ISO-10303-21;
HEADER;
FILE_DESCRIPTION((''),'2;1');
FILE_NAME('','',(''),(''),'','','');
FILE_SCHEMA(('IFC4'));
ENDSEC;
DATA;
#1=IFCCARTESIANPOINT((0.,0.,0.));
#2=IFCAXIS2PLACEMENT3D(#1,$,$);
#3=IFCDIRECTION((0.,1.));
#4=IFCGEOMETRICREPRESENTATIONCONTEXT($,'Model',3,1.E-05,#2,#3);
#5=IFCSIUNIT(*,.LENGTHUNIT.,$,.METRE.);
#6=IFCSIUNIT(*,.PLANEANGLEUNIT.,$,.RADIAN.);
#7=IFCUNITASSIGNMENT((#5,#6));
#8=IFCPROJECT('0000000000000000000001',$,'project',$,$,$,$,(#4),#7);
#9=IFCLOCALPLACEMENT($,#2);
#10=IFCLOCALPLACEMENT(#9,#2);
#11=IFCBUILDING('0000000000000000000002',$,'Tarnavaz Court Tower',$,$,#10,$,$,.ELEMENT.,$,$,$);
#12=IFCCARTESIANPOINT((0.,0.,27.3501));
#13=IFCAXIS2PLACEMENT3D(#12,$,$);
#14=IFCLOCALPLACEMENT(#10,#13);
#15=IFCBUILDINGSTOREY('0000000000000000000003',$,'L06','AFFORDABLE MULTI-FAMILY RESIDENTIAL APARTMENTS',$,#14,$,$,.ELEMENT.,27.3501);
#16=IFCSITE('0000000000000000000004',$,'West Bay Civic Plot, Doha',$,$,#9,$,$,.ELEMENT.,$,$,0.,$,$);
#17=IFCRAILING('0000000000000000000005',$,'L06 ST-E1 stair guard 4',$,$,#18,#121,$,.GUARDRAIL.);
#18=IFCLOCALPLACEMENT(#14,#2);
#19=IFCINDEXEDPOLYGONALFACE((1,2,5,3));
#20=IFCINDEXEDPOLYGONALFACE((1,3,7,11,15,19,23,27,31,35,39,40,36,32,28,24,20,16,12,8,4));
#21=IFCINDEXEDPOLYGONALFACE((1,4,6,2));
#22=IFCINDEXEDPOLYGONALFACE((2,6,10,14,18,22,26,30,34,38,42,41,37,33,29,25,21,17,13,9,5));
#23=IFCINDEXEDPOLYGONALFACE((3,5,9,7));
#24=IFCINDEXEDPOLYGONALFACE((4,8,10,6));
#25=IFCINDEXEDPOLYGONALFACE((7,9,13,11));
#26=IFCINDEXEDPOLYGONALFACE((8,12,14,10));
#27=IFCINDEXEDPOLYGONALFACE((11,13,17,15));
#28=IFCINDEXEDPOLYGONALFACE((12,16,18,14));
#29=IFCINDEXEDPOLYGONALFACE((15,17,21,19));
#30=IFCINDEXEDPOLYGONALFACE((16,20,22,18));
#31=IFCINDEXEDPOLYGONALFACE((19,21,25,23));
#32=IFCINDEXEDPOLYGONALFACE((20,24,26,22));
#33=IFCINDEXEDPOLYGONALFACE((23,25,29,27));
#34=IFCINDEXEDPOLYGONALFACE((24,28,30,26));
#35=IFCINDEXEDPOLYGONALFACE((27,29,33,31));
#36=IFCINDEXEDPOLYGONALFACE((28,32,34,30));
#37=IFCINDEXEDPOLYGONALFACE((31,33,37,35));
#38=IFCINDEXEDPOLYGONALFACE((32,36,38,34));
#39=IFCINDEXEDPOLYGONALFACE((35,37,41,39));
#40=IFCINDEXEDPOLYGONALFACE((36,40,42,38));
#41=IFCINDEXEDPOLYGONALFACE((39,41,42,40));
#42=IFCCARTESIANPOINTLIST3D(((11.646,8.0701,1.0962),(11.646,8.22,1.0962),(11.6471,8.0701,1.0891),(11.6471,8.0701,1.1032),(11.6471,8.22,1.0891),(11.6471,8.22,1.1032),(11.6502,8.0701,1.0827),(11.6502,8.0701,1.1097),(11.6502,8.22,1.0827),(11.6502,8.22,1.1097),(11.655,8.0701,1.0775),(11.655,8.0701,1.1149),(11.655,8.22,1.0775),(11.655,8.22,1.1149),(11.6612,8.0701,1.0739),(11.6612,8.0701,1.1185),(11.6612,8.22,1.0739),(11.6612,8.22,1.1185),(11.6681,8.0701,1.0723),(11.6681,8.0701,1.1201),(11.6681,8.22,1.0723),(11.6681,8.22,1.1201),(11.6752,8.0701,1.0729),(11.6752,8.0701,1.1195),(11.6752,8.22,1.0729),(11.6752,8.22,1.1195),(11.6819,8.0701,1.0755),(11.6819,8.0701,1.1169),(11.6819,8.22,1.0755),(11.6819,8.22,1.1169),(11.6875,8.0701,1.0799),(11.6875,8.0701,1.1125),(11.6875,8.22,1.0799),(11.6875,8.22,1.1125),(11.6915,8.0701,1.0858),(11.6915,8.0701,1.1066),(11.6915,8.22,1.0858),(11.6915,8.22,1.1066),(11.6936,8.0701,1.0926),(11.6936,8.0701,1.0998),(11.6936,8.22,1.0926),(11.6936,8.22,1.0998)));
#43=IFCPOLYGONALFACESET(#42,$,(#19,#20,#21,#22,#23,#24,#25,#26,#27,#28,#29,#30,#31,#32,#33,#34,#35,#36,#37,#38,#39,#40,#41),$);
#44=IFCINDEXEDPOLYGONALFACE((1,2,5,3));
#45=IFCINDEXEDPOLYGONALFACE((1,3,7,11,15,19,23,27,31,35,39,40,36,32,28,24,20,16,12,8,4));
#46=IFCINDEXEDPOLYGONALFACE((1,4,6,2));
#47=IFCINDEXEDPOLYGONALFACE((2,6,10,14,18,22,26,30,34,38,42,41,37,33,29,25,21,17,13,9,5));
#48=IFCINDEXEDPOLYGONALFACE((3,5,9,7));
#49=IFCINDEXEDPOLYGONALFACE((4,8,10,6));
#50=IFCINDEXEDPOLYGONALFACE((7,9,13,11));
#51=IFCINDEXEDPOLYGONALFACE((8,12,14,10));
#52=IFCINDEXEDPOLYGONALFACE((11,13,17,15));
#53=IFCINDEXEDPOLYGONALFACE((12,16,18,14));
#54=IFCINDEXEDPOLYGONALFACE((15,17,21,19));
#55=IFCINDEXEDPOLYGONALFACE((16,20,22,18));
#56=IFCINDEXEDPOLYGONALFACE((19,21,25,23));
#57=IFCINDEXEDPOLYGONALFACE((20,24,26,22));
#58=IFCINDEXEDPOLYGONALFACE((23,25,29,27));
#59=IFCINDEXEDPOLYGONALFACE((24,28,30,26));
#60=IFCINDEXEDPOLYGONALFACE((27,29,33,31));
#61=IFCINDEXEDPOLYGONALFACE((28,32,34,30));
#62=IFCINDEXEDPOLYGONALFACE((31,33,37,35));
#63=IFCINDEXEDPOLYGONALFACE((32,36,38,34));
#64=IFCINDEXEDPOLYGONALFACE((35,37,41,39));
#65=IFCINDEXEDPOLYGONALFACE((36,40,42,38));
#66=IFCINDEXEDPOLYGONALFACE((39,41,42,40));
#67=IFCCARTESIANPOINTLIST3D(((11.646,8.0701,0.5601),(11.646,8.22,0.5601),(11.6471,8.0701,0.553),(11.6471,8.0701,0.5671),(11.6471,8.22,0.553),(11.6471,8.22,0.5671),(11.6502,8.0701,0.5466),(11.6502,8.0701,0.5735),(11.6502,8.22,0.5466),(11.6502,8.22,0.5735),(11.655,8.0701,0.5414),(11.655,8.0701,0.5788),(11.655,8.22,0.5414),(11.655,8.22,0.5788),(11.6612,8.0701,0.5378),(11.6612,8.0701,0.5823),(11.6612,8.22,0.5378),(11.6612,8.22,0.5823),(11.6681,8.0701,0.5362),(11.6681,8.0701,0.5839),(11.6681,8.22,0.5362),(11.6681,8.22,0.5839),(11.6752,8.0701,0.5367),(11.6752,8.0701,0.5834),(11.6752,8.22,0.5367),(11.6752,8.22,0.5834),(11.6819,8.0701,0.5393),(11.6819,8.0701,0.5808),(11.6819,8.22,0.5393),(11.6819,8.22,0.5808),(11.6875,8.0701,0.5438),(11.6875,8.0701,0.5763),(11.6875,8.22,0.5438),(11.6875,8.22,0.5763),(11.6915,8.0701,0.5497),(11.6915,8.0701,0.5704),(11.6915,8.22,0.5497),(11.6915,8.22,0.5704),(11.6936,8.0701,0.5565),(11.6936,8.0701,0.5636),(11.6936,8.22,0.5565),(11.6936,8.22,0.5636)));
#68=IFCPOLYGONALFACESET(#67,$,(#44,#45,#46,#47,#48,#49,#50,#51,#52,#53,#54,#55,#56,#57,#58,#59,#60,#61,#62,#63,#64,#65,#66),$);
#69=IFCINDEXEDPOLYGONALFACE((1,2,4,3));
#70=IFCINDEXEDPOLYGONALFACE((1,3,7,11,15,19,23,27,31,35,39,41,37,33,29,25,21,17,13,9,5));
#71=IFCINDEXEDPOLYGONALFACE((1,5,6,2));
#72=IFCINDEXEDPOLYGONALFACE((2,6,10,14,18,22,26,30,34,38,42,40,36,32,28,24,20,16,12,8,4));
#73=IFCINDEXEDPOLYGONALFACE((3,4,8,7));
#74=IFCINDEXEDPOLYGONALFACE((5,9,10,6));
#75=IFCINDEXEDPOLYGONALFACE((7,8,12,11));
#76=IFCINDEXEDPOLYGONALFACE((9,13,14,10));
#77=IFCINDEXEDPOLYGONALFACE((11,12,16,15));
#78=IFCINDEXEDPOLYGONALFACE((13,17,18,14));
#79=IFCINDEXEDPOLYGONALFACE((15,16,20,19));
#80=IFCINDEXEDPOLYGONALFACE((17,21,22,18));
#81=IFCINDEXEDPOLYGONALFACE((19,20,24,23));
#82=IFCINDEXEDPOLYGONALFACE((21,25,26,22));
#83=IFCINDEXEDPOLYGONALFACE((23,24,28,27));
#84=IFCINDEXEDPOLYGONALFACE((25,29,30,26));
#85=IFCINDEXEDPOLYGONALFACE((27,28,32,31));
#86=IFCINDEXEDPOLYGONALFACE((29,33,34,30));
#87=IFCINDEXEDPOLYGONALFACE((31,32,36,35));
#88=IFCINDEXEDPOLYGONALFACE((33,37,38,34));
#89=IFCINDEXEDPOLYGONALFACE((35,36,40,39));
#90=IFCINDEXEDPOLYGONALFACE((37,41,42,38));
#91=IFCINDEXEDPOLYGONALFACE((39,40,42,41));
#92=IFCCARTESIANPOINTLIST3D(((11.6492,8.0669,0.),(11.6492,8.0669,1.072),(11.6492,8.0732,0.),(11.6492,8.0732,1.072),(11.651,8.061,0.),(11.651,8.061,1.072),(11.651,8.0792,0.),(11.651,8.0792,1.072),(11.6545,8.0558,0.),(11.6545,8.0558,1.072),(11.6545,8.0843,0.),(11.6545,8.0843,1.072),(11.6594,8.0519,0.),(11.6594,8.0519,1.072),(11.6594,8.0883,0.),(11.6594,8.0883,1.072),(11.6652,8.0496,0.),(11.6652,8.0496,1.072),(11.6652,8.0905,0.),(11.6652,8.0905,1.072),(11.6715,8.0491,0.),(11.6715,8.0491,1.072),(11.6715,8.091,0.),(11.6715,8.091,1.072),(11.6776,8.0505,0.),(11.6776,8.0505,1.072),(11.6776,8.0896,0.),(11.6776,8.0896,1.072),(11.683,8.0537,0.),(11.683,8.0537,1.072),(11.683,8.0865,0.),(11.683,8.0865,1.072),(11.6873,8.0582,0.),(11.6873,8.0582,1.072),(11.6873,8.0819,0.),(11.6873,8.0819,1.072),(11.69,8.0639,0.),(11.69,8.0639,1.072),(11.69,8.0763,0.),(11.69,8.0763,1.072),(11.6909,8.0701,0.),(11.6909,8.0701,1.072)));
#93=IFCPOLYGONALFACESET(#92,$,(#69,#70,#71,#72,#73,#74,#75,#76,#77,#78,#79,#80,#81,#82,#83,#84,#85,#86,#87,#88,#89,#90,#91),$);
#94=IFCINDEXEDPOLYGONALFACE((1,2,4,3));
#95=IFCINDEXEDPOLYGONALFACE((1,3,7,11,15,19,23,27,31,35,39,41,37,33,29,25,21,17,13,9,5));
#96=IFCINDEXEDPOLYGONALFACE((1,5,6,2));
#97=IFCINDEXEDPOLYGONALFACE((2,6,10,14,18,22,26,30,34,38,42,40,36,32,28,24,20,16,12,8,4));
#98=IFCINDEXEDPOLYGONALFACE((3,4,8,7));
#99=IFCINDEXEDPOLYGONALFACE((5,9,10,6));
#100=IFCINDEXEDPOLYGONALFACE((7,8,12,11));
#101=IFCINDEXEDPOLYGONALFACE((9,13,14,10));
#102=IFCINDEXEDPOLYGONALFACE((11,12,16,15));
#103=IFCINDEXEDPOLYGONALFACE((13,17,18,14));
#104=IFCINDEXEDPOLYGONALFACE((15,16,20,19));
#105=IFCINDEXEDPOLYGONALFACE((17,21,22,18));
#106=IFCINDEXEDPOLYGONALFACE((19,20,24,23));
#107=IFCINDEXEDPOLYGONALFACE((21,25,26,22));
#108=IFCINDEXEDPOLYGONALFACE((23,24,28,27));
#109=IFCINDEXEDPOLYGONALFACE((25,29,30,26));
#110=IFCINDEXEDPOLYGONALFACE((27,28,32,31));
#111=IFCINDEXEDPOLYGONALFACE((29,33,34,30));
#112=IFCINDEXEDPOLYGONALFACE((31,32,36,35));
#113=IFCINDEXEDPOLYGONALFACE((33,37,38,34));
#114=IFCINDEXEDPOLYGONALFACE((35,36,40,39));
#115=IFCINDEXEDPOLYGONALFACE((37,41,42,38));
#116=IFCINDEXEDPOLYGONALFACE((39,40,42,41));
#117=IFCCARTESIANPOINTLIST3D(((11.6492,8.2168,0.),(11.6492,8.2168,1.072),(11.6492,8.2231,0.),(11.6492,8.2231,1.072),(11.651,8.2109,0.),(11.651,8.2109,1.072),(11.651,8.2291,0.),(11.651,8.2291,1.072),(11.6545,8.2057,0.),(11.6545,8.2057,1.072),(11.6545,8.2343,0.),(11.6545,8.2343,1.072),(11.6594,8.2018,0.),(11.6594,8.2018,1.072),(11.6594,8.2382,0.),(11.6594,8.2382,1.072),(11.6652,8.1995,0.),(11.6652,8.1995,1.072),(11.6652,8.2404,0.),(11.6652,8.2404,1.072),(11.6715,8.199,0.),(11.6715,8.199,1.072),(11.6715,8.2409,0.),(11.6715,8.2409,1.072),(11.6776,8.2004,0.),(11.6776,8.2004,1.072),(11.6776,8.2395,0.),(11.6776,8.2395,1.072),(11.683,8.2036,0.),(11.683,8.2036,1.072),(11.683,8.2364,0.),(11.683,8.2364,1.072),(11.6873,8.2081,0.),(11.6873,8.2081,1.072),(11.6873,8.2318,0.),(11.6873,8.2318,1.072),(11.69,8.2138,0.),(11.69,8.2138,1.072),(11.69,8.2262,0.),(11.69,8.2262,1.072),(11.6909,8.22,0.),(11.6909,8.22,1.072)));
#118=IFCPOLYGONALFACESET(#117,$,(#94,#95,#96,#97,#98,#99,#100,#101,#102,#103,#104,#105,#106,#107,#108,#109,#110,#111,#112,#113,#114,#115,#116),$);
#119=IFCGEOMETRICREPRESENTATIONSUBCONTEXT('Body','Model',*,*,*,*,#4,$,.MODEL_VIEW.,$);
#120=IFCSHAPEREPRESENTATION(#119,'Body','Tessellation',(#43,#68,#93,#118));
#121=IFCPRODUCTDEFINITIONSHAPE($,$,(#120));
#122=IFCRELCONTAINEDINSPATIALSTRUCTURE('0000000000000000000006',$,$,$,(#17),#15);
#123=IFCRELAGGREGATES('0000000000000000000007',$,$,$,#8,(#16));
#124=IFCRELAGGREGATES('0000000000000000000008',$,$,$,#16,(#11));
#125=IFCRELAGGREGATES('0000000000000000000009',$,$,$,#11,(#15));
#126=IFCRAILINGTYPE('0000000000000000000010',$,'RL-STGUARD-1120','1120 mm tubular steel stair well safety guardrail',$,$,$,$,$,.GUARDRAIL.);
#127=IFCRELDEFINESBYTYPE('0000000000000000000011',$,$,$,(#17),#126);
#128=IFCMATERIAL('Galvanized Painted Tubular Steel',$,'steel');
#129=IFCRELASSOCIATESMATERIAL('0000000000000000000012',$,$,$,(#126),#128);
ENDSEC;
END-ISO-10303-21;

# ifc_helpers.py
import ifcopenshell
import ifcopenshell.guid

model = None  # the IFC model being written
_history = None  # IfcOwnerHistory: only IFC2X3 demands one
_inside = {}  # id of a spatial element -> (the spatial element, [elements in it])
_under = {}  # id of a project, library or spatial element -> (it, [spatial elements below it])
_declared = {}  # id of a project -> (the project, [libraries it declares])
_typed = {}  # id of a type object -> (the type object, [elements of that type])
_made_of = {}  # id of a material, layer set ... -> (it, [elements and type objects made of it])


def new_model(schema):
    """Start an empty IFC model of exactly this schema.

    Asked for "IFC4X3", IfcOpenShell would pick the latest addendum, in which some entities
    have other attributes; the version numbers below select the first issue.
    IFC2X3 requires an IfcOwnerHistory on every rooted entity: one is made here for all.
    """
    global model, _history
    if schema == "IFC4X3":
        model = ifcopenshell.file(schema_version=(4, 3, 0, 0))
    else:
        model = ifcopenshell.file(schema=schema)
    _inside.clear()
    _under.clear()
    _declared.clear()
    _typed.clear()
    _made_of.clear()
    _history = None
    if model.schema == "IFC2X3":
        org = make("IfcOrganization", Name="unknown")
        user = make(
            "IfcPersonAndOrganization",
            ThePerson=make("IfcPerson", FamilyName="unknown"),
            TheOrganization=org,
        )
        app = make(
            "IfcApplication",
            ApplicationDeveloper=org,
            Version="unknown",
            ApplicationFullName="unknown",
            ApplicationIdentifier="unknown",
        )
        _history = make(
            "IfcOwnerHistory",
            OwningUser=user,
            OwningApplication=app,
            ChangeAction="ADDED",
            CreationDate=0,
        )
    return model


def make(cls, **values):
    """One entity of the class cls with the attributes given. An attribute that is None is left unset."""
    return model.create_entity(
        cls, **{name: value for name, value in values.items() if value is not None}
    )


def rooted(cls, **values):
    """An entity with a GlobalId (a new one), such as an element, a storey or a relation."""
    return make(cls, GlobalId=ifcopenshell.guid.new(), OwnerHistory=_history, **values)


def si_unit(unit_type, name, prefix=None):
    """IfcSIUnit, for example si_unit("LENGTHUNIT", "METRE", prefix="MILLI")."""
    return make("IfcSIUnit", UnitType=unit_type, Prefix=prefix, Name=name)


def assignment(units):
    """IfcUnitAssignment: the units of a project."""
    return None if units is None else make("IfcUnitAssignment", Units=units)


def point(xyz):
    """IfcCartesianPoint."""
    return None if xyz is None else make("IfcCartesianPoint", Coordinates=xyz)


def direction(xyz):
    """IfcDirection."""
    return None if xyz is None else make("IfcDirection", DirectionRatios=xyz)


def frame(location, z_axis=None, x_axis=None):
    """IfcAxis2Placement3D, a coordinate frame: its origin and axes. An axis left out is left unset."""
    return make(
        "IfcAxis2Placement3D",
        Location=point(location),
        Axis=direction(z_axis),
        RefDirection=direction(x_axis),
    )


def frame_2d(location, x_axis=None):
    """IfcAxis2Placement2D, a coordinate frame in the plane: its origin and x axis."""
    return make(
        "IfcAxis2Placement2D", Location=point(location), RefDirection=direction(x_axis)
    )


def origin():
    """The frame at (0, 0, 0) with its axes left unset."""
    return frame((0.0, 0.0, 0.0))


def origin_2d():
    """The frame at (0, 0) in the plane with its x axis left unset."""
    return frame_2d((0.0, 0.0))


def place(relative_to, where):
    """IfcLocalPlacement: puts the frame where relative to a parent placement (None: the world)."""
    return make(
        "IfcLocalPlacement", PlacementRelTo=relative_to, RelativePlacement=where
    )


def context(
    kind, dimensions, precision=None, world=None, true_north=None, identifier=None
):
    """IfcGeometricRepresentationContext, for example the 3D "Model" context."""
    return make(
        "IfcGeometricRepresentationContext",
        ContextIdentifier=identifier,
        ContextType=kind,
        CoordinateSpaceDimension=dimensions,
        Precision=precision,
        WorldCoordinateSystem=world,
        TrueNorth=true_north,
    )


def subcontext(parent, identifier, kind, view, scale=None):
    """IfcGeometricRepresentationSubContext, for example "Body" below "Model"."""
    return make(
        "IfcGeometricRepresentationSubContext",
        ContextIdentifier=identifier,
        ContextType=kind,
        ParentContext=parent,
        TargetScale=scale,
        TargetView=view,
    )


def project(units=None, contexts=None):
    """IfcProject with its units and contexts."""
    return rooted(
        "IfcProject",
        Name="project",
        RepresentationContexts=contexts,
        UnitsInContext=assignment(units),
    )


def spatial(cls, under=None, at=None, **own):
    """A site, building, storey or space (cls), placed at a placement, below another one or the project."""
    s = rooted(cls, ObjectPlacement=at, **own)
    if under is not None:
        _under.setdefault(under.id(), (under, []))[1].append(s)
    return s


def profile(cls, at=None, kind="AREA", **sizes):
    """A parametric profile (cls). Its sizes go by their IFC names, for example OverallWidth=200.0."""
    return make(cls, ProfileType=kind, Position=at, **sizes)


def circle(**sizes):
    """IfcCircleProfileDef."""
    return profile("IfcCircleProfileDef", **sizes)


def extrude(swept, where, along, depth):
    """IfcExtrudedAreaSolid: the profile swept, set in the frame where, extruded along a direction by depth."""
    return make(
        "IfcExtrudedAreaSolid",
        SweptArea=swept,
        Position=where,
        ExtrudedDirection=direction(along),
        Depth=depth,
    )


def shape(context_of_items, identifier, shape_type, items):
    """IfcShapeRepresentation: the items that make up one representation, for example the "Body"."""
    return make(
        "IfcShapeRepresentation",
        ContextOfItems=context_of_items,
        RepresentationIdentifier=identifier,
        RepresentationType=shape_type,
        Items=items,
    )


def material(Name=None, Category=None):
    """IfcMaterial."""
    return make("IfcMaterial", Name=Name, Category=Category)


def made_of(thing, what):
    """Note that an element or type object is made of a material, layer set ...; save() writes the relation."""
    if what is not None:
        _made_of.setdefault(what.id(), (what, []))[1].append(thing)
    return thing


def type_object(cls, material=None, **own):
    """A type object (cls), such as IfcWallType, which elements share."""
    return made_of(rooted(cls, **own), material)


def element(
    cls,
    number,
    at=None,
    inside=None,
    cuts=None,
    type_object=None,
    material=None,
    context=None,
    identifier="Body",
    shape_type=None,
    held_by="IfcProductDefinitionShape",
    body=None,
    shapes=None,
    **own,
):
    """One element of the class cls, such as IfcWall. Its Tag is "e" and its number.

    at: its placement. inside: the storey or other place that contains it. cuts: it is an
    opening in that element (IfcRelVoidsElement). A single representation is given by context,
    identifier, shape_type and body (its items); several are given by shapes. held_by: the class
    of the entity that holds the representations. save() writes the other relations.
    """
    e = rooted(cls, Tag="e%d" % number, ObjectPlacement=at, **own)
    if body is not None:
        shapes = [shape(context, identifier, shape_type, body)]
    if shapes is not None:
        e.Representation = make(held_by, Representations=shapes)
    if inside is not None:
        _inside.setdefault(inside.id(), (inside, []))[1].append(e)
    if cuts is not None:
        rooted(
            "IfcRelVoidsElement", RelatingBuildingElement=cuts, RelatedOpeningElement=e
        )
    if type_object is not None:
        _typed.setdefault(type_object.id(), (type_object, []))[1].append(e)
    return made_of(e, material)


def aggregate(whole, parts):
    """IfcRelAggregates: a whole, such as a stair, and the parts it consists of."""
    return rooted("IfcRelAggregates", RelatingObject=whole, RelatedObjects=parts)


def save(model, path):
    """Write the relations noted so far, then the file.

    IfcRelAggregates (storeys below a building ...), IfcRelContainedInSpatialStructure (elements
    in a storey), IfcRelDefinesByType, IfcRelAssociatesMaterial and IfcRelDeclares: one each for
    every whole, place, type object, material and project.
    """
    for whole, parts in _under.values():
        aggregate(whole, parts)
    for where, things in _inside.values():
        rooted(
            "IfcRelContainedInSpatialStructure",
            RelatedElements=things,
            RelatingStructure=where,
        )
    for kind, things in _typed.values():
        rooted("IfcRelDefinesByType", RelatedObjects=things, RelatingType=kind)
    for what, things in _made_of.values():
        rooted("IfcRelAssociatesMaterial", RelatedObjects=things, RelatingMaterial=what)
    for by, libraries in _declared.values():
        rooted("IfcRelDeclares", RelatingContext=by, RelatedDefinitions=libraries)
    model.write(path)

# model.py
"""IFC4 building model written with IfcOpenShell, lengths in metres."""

from ifc_helpers import new_model, si_unit, direction, frame, origin, origin_2d, place, context, subcontext, project, spatial, circle, extrude, material, type_object, element, save


model = new_model("IFC4")

# Units and contexts
model_context = context("Model", 3, precision=1e-05, world=origin(), true_north=direction((0.0, 1.0)))
body_context = subcontext(model_context, "Body", "Model", "MODEL_VIEW")
ifc_project = project(units=[si_unit("LENGTHUNIT", "METRE"), si_unit("PLANEANGLEUNIT", "RADIAN")], contexts=[model_context])

# Site, building, storey
site_placement = place(None, origin())
site = spatial("IfcSite", under=ifc_project, at=site_placement, Name="West Bay Civic Plot, Doha", CompositionType="ELEMENT", RefElevation=0.0)
building_placement = place(site_placement, origin())
building = spatial("IfcBuilding", under=site, at=building_placement, Name="Tarnavaz Court Tower", CompositionType="ELEMENT")
storey_placement = place(building_placement, frame((0.0, 0.0, 27.3501)))
storey = spatial("IfcBuildingStorey", under=building, at=storey_placement, Name="L06", Description="AFFORDABLE MULTI-FAMILY RESIDENTIAL APARTMENTS", CompositionType="ELEMENT", Elevation=27.3501)

# Railing
ifc_material_1 = material(Name="Galvanized Painted Tubular Steel", Category="steel")
railing_type_1 = type_object("IfcRailingType", Name="RL-STGUARD-1120", Description="1120 mm tubular steel stair well safety guardrail", PredefinedType="GUARDRAIL", material=ifc_material_1)
railing_1_placement = place(storey_placement, frame((11.6699, 8.0701, 0.0)))
element("IfcRailing", 1, at=railing_1_placement, inside=storey, type_object=railing_type_1, Name="L06 ST-E1 stair guard 4", PredefinedType="GUARDRAIL", context=body_context, shape_type="SweptSolid", body=[
    extrude(circle(Radius=0.0239, at=origin_2d()), frame((0.0, 0.0, 1.0962), z_axis=(0.0, 1.0, 0.0), x_axis=(-1.0, 0.0, 0.0)), (0.0, 0.0, 1.0), 0.1499),
    extrude(circle(Radius=0.0239, at=origin_2d()), frame((0.0, 0.0, 0.5601), z_axis=(0.0, 1.0, 0.0), x_axis=(-1.0, 0.0, 0.0)), (0.0, 0.0, 1.0), 0.1499),
    extrude(circle(Radius=0.021, at=origin_2d()), origin(), (0.0, 0.0, 1.0), 1.072),
    extrude(circle(Radius=0.021, at=origin_2d()), frame((0.0, 0.1499, 0.0)), (0.0, 0.0, 1.0), 1.072),
])

save(model, "model.ifc")
